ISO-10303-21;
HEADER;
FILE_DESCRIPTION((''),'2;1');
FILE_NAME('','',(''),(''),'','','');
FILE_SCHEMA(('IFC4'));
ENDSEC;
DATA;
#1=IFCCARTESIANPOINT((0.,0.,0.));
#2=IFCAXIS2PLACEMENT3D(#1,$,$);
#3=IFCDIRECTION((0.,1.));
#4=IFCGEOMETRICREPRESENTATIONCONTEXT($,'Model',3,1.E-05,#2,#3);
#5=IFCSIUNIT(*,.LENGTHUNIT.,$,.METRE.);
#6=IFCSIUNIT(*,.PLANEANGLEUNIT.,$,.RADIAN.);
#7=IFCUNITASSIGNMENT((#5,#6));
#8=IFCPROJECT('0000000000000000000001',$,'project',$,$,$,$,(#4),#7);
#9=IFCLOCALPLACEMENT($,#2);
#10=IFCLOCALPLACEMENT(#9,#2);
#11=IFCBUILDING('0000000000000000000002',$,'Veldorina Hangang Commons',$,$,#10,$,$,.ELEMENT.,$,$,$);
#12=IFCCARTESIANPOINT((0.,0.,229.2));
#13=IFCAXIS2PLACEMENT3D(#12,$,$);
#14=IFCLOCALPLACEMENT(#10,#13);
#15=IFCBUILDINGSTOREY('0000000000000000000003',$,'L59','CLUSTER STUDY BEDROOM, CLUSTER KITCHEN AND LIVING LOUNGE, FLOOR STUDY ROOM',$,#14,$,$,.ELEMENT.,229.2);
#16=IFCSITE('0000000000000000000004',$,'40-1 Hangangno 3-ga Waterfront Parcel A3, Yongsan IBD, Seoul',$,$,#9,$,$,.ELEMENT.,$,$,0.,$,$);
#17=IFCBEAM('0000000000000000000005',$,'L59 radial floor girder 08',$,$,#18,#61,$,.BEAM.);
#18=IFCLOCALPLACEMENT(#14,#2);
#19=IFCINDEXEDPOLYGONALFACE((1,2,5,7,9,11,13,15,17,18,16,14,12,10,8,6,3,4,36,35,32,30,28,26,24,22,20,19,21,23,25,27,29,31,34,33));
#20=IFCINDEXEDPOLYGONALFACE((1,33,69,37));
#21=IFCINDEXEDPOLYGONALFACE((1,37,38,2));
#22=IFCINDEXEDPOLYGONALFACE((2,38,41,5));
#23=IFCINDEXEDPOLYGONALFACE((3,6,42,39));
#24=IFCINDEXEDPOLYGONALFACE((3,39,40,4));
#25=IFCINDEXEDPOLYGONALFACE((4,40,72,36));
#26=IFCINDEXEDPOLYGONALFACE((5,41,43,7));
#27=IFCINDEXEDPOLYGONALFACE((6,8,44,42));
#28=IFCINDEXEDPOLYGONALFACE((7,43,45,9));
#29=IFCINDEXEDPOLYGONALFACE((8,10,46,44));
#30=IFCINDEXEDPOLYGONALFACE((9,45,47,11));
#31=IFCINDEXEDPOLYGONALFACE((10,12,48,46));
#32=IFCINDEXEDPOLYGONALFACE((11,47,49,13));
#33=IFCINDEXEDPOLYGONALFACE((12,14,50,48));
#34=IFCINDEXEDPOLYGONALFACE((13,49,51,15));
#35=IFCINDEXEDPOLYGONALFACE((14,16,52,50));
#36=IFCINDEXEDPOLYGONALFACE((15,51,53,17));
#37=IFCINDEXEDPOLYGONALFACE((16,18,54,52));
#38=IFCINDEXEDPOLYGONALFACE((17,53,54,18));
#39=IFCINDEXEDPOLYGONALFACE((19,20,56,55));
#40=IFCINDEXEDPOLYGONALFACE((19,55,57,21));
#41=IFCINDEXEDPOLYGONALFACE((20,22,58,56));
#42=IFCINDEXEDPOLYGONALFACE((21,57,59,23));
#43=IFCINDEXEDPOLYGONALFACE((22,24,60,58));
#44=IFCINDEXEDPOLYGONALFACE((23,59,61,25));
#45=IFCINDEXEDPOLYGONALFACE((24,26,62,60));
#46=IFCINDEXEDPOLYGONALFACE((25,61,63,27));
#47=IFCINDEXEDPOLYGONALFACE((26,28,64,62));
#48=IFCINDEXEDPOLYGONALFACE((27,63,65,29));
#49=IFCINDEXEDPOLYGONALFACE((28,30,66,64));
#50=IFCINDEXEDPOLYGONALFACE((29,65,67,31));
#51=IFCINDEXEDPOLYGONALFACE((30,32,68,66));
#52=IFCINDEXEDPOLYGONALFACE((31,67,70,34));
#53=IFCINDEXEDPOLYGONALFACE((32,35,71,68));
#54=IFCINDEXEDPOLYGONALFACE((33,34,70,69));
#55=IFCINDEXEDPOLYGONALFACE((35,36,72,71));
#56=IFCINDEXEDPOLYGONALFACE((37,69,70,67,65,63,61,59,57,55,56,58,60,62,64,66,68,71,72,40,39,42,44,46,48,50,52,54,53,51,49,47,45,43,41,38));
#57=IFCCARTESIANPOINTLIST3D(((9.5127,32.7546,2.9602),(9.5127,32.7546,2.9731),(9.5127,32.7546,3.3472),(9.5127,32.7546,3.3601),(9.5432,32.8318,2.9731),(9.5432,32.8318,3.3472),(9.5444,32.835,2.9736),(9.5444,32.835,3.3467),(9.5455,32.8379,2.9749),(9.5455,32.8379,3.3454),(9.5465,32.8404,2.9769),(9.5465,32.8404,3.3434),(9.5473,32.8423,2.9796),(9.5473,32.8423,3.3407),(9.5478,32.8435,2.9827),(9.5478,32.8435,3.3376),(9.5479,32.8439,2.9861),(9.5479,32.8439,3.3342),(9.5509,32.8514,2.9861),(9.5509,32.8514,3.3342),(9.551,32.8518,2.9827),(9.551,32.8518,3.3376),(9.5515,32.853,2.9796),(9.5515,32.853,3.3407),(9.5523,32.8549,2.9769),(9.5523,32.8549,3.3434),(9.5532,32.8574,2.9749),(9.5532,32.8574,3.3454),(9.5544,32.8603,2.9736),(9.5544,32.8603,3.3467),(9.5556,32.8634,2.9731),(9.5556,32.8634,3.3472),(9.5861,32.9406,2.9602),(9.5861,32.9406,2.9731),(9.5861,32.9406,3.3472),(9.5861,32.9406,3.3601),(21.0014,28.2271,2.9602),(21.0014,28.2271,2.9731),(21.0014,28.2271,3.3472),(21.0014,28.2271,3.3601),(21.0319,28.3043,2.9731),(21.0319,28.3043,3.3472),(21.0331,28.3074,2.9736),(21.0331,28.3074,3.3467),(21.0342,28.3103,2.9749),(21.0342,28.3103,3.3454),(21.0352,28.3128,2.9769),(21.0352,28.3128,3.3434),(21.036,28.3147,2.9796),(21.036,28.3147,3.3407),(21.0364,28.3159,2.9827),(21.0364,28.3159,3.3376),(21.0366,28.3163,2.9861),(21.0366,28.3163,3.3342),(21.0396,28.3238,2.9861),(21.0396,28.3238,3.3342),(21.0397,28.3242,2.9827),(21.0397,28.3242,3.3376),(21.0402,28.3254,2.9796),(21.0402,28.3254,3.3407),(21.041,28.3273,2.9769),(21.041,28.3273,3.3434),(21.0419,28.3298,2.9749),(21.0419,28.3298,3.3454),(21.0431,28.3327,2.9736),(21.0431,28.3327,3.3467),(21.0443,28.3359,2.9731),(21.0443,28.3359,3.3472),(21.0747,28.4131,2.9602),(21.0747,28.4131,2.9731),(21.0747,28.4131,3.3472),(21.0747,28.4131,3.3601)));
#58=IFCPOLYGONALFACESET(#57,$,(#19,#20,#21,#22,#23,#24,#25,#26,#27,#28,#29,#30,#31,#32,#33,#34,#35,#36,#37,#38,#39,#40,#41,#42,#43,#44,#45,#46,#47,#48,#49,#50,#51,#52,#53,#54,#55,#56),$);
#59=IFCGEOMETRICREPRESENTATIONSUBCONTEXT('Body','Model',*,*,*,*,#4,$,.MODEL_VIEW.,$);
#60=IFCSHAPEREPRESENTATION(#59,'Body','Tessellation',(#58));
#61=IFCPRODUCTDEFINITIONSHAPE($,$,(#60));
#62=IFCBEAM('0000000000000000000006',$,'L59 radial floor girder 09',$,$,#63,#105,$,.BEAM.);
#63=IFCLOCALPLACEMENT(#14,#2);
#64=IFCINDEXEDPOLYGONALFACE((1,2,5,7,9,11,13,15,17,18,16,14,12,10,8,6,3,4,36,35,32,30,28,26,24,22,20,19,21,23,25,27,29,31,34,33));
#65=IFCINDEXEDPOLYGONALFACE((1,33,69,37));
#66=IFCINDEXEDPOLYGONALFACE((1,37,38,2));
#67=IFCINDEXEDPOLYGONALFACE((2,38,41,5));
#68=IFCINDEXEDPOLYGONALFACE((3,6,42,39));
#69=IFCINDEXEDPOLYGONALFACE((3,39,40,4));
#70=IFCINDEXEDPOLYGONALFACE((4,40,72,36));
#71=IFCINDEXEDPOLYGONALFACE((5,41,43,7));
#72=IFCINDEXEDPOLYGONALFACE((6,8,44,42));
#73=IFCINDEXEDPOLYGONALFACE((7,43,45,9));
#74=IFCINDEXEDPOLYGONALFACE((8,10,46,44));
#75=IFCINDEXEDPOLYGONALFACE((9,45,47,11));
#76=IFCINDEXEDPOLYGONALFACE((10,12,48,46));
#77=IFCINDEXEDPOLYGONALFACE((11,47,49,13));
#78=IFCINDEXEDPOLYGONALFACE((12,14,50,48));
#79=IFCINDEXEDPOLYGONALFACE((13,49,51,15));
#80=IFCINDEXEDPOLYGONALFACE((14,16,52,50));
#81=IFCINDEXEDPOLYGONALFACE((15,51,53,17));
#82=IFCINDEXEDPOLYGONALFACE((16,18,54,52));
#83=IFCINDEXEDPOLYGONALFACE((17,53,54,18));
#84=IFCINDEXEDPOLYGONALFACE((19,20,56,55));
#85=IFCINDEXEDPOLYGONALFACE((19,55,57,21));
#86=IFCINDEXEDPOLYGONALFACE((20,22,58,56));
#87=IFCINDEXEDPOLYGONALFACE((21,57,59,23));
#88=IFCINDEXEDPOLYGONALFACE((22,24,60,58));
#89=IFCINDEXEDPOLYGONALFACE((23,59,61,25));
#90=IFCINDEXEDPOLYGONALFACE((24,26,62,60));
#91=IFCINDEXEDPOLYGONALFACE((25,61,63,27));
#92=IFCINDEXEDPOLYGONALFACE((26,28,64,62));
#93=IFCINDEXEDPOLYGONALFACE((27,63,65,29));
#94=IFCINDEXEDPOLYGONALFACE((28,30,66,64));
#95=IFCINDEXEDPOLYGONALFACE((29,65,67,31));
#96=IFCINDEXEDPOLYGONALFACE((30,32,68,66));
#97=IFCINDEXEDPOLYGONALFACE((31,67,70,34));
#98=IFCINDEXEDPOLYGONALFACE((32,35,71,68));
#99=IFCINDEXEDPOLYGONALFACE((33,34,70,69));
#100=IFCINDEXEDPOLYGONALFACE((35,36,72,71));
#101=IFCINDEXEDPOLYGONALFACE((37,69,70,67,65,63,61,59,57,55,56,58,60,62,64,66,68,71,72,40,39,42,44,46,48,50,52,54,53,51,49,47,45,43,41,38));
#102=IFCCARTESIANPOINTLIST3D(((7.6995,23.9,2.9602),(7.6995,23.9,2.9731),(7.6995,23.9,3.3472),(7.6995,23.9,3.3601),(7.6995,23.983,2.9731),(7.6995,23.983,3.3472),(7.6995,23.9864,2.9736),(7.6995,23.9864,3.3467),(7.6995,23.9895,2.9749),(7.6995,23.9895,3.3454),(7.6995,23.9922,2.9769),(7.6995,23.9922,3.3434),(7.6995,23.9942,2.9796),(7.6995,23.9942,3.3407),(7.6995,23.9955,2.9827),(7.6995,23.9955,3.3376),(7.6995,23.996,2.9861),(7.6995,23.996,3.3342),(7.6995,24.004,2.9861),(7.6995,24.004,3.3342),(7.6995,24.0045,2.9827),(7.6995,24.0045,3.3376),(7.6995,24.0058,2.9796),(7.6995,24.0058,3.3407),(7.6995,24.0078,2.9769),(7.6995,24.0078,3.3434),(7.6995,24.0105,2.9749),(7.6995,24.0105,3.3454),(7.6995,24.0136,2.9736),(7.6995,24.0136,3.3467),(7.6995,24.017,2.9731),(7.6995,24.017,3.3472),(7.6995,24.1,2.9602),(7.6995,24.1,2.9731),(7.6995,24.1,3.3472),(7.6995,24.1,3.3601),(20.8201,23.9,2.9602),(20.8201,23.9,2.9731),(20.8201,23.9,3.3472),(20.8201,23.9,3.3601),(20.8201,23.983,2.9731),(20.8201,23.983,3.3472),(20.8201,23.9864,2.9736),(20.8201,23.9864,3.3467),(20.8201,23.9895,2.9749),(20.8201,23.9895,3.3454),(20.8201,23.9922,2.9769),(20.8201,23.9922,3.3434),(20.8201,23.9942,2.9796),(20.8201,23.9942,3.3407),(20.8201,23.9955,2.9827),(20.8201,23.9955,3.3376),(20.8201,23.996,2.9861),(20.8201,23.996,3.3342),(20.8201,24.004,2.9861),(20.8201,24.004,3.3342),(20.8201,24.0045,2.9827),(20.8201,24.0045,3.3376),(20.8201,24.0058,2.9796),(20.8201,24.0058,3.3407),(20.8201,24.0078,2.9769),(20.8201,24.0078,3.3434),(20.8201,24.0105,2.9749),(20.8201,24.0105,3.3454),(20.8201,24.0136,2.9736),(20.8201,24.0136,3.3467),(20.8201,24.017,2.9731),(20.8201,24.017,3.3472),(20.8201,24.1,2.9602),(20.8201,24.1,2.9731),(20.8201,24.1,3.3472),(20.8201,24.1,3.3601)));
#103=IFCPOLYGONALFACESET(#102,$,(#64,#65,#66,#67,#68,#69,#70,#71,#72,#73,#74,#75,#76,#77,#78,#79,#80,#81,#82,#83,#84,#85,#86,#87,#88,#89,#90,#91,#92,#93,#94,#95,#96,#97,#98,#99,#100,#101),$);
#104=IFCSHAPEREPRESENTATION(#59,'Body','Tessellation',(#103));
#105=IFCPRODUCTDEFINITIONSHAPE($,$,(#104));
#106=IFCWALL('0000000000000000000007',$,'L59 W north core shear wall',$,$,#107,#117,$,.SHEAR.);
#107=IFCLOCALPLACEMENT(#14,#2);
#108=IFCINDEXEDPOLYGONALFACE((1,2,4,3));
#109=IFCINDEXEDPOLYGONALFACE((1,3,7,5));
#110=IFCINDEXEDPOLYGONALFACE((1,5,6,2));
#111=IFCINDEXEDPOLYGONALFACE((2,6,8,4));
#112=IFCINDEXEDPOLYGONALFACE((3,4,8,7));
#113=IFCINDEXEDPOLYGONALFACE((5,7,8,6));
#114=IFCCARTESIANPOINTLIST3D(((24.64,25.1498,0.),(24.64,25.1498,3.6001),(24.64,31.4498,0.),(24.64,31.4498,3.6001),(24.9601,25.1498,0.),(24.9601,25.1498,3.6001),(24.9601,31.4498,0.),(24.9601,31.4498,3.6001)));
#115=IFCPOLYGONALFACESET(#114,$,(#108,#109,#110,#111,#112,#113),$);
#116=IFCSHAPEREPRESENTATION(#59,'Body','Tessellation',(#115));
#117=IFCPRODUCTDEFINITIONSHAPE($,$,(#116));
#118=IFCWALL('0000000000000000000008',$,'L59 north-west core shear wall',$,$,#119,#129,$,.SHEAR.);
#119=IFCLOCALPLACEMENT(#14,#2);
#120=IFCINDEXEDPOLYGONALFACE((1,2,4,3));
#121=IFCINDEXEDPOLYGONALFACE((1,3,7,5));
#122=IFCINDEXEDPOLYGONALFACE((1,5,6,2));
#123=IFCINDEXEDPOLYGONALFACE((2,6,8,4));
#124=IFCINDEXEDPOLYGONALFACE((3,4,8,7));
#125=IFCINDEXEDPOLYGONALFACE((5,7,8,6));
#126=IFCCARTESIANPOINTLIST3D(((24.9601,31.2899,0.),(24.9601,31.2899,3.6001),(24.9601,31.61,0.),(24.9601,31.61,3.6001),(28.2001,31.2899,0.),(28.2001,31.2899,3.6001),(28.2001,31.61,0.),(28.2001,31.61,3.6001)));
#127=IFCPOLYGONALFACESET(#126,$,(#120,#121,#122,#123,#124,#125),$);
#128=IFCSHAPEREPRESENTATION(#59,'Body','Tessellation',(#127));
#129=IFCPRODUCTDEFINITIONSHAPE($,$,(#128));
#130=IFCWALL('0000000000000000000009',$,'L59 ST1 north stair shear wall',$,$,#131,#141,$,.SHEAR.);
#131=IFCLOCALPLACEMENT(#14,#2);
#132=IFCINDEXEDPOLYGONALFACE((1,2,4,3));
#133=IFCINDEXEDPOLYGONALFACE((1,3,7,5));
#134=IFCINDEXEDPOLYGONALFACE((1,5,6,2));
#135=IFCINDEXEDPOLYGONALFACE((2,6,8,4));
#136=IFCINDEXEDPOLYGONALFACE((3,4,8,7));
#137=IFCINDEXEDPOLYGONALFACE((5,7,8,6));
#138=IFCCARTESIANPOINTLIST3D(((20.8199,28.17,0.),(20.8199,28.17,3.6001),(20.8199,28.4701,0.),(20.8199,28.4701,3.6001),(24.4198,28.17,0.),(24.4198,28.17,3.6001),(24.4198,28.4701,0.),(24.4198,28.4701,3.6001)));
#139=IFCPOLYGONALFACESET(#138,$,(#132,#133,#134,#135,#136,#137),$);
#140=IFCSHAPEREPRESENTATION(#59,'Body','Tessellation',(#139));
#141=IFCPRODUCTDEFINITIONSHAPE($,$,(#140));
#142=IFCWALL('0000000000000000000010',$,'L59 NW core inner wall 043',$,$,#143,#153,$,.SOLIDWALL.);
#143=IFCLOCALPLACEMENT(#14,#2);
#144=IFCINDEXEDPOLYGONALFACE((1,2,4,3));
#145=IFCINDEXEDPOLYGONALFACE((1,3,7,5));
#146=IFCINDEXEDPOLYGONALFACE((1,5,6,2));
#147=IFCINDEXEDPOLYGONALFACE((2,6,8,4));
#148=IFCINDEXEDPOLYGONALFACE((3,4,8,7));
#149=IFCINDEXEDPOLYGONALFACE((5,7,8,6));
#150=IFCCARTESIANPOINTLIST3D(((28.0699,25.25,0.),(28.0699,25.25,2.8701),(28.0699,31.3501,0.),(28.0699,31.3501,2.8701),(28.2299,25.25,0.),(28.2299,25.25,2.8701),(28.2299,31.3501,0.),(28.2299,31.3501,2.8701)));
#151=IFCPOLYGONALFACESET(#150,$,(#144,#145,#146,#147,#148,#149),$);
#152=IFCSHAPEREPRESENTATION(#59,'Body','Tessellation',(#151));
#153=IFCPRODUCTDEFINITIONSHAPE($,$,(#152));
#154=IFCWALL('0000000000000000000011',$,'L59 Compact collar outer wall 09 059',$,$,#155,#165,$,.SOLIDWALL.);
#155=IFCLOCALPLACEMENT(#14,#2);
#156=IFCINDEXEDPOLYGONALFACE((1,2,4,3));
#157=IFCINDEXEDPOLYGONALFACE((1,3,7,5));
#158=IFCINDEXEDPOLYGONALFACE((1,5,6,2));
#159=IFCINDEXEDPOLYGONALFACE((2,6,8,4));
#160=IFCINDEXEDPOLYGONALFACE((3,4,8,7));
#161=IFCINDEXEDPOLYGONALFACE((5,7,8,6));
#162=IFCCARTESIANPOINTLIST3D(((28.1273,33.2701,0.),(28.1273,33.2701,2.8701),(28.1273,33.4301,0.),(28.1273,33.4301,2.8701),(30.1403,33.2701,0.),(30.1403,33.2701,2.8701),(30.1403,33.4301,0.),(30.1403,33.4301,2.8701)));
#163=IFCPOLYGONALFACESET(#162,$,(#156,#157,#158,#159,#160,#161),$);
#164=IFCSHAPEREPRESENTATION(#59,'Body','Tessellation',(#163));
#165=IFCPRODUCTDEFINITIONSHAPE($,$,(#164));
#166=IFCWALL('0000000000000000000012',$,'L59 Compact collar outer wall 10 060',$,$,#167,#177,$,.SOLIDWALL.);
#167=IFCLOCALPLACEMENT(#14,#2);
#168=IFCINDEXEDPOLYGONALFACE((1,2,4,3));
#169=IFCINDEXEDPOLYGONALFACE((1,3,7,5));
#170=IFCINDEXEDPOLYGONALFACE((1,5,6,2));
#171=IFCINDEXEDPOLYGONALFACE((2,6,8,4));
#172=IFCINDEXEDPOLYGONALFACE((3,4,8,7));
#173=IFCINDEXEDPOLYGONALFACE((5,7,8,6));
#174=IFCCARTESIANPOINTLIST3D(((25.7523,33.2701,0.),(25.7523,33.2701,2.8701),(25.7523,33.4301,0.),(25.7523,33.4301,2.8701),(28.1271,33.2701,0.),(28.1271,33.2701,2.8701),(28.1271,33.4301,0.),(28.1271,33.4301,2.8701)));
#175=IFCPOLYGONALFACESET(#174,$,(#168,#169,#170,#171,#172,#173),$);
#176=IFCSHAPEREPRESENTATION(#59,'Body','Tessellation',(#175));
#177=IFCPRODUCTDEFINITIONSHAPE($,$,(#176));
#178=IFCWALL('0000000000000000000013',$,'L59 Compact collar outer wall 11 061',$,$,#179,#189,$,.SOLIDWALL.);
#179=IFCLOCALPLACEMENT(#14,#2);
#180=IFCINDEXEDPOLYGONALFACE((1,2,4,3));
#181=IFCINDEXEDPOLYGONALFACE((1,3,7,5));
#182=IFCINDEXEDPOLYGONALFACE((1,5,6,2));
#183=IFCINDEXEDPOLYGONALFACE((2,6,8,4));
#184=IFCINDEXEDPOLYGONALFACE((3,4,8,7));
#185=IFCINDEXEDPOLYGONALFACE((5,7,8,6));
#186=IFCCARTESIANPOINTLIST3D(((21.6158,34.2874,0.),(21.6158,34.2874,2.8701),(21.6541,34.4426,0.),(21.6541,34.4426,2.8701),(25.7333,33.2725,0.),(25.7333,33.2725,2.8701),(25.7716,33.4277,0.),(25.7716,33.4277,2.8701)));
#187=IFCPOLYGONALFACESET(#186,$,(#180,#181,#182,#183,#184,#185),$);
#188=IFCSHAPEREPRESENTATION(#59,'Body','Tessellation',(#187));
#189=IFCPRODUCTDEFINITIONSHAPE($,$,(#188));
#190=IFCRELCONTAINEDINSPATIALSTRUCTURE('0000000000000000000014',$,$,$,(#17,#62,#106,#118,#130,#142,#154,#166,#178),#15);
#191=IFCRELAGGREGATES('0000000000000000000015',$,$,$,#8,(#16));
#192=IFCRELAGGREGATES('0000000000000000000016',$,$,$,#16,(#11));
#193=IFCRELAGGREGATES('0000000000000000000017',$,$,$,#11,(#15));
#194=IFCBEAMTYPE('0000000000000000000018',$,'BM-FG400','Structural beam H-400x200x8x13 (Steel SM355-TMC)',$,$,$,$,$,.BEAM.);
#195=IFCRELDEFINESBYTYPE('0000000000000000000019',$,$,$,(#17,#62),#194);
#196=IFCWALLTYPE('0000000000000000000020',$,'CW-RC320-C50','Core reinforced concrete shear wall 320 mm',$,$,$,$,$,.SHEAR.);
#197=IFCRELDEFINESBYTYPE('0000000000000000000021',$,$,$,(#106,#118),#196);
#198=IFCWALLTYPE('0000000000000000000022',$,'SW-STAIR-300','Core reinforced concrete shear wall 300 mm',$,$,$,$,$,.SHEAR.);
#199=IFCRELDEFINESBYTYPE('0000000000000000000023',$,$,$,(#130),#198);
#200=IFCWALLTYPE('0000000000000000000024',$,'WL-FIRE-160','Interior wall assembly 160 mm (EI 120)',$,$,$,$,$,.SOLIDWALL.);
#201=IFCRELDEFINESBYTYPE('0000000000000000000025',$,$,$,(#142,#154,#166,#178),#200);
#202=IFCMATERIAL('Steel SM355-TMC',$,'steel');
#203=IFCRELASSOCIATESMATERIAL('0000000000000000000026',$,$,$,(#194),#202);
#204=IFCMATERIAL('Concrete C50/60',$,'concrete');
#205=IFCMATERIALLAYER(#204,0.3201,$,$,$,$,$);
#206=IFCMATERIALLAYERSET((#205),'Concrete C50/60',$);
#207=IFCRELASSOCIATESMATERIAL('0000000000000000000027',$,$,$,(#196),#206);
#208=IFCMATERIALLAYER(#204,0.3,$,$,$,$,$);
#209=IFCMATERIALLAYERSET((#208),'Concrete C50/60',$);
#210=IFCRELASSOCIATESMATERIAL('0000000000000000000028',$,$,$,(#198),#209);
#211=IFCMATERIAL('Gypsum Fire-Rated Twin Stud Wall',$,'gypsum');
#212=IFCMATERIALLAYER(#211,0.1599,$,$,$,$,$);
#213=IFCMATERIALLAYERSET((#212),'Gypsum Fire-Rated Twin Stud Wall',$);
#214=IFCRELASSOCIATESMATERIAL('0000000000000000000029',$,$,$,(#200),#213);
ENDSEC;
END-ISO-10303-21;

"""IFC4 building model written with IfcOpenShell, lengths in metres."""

from ifc_helpers import new_model, si_unit, direction, frame, frame_2d, origin, origin_2d, place, context, subcontext, project, spatial, rectangle, i_section, extrude, material, layer, layer_set, material_profile, profile_set, type_object, element, save


model = new_model("IFC4")

# Units and contexts
model_context = context("Model", 3, precision=1e-05, world=origin(), true_north=direction((0.0, 1.0)))
body_context = subcontext(model_context, "Body", "Model", "MODEL_VIEW")
ifc_project = project(units=[si_unit("LENGTHUNIT", "METRE"), si_unit("PLANEANGLEUNIT", "RADIAN")], contexts=[model_context])

# Site, building, storey
site_placement = place(None, origin())
site = spatial("IfcSite", under=ifc_project, at=site_placement, Name="40-1 Hangangno 3-ga Waterfront Parcel A3, Yongsan IBD, Seoul", CompositionType="ELEMENT", RefElevation=0.0)
building_placement = place(site_placement, origin())
building = spatial("IfcBuilding", under=site, at=building_placement, Name="Veldorina Hangang Commons", CompositionType="ELEMENT")
storey_placement = place(building_placement, frame((0.0, 0.0, 229.2)))
storey = spatial("IfcBuildingStorey", under=building, at=storey_placement, Name="L59", Description="CLUSTER STUDY BEDROOM, CLUSTER KITCHEN AND LIVING LOUNGE, FLOOR STUDY ROOM", CompositionType="ELEMENT", Elevation=229.2)

# Beams
ifc_material_1 = material(Name="Concrete C50/60", Category="concrete")
ifc_material_2 = material(Name="Steel SM355-TMC", Category="steel")
ifc_material_profile_1 = material_profile(ifc_material_2, i_section(OverallWidth=0.2, OverallDepth=0.3999, WebThickness=0.0081, FlangeThickness=0.0129, FilletRadius=0.0129, at=origin_2d()), Name="H-400x200x8x13")
ifc_profile_set_1 = profile_set([ifc_material_profile_1], Name="Steel SM355-TMC")
beam_type_1 = type_object("IfcBeamType", Name="BM-FG400", Description="Structural beam H-400x200x8x13 (Steel SM355-TMC)", PredefinedType="BEAM", material=ifc_profile_set_1)
beam_1_placement = place(storey_placement, frame((21.0381, 28.3201, 3.1602), z_axis=(-0.930361, 0.366644, 0.0), x_axis=(-0.366644, -0.930361, 0.0)))
element("IfcBeam", 1, at=beam_1_placement, inside=storey, type_object=beam_type_1, Name="L59 radial floor girder 08", PredefinedType="BEAM", context=body_context, shape_type="SweptSolid", body=[
    extrude(i_section(OverallWidth=0.2, OverallDepth=0.3999, WebThickness=0.0081, FlangeThickness=0.0129, FilletRadius=0.0129, at=origin_2d()), origin(), (0.0, 0.0, 1.0), 12.3486),
])
beam_2_placement = place(storey_placement, frame((20.8201, 24.0, 3.1602), z_axis=(-1.0, 0.0, 0.0), x_axis=(0.0, -1.0, 0.0)))
element("IfcBeam", 2, at=beam_2_placement, inside=storey, type_object=beam_type_1, Name="L59 radial floor girder 09", PredefinedType="BEAM", context=body_context, shape_type="SweptSolid", body=[
    extrude(i_section(OverallWidth=0.2, OverallDepth=0.3999, WebThickness=0.0081, FlangeThickness=0.0129, FilletRadius=0.0129, at=origin_2d()), origin(), (0.0, 0.0, 1.0), 13.1206),
])

# Walls
ifc_layer_1 = layer(ifc_material_1, 0.3201)
ifc_layer_set_1 = layer_set([ifc_layer_1], Name="Concrete C50/60")
wall_type_1 = type_object("IfcWallType", Name="CW-RC320-C50", Description="Core reinforced concrete shear wall 320 mm", PredefinedType="SHEAR", material=ifc_layer_set_1)
wall_1_placement = place(storey_placement, frame((24.8, 25.1499, 0.0), z_axis=(0.0, 0.0, 1.0), x_axis=(0.0, 1.0, 0.0)))
element("IfcWall", 3, at=wall_1_placement, inside=storey, type_object=wall_type_1, Name="L59 W north core shear wall", PredefinedType="SHEAR", context=body_context, shape_type="SweptSolid", body=[
    extrude(rectangle(XDim=6.3, YDim=0.3201, at=frame_2d((3.1499, 0.0))), origin(), (0.0, 0.0, 1.0), 3.6001),
])
wall_2_placement = place(storey_placement, frame((24.96, 31.45, 0.0), z_axis=(0.0, 0.0, 1.0), x_axis=(1.0, 0.0, 0.0)))
element("IfcWall", 4, at=wall_2_placement, inside=storey, type_object=wall_type_1, Name="L59 north-west core shear wall", PredefinedType="SHEAR", context=body_context, shape_type="SweptSolid", body=[
    extrude(rectangle(XDim=3.24, YDim=0.3201, at=frame_2d((1.6201, 0.0))), origin(), (0.0, 0.0, 1.0), 3.6001),
])
ifc_layer_2 = layer(ifc_material_1, 0.3)
ifc_layer_set_2 = layer_set([ifc_layer_2], Name="Concrete C50/60")
wall_type_2 = type_object("IfcWallType", Name="SW-STAIR-300", Description="Core reinforced concrete shear wall 300 mm", PredefinedType="SHEAR", material=ifc_layer_set_2)
wall_3_placement = place(storey_placement, frame((20.8201, 28.3201, 0.0), z_axis=(0.0, 0.0, 1.0), x_axis=(1.0, 0.0, 0.0)))
element("IfcWall", 5, at=wall_3_placement, inside=storey, type_object=wall_type_2, Name="L59 ST1 north stair shear wall", PredefinedType="SHEAR", context=body_context, shape_type="SweptSolid", body=[
    extrude(rectangle(XDim=3.5999, YDim=0.3, at=frame_2d((1.7998, 0.0))), origin(), (0.0, 0.0, 1.0), 3.6001),
])
ifc_material_3 = material(Name="Gypsum Fire-Rated Twin Stud Wall", Category="gypsum")
ifc_layer_3 = layer(ifc_material_3, 0.1599)
ifc_layer_set_3 = layer_set([ifc_layer_3], Name="Gypsum Fire-Rated Twin Stud Wall")
wall_type_3 = type_object("IfcWallType", Name="WL-FIRE-160", Description="Interior wall assembly 160 mm (EI 120)", PredefinedType="SOLIDWALL", material=ifc_layer_set_3)
wall_4_placement = place(storey_placement, frame((28.1499, 25.25, 0.0), z_axis=(0.0, 0.0, 1.0), x_axis=(0.0, 1.0, 0.0)))
element("IfcWall", 6, at=wall_4_placement, inside=storey, type_object=wall_type_3, Name="L59 NW core inner wall 043", PredefinedType="SOLIDWALL", context=body_context, shape_type="SweptSolid", body=[
    extrude(rectangle(XDim=6.1001, YDim=0.1599, at=frame_2d((3.05, 0.0))), origin(), (0.0, 0.0, 1.0), 2.8701),
])
wall_5_placement = place(storey_placement, frame((30.1401, 33.3501, 0.0), z_axis=(0.0, 0.0, 1.0), x_axis=(-1.0, 0.0, 0.0)))
element("IfcWall", 7, at=wall_5_placement, inside=storey, type_object=wall_type_3, Name="L59 Compact collar outer wall 09 059", PredefinedType="SOLIDWALL", context=body_context, shape_type="SweptSolid", body=[
    extrude(rectangle(XDim=2.0129, YDim=0.1599, at=frame_2d((1.0063, 0.0))), origin(), (0.0, 0.0, 1.0), 2.8701),
])
wall_6_placement = place(storey_placement, frame((28.1272, 33.3501, 0.0), z_axis=(0.0, 0.0, 1.0), x_axis=(-1.0, 0.0, 0.0)))
element("IfcWall", 8, at=wall_6_placement, inside=storey, type_object=wall_type_3, Name="L59 Compact collar outer wall 10 060", PredefinedType="SOLIDWALL", context=body_context, shape_type="SweptSolid", body=[
    extrude(rectangle(XDim=2.3748, YDim=0.1599, at=frame_2d((1.1875, 0.0))), origin(), (0.0, 0.0, 1.0), 2.8701),
])
wall_7_placement = place(storey_placement, frame((25.7524, 33.3501, 0.0), z_axis=(0.0, 0.0, 1.0), x_axis=(-0.97094, 0.239324, 0.0)))
element("IfcWall", 9, at=wall_7_placement, inside=storey, type_object=wall_type_3, Name="L59 Compact collar outer wall 11 061", PredefinedType="SOLIDWALL", context=body_context, shape_type="SweptSolid", body=[
    extrude(rectangle(XDim=4.2407, YDim=0.1599, at=frame_2d((2.1204, 0.0))), origin(), (0.0, 0.0, 1.0), 2.8701),
])

save(model, "model.ifc")
